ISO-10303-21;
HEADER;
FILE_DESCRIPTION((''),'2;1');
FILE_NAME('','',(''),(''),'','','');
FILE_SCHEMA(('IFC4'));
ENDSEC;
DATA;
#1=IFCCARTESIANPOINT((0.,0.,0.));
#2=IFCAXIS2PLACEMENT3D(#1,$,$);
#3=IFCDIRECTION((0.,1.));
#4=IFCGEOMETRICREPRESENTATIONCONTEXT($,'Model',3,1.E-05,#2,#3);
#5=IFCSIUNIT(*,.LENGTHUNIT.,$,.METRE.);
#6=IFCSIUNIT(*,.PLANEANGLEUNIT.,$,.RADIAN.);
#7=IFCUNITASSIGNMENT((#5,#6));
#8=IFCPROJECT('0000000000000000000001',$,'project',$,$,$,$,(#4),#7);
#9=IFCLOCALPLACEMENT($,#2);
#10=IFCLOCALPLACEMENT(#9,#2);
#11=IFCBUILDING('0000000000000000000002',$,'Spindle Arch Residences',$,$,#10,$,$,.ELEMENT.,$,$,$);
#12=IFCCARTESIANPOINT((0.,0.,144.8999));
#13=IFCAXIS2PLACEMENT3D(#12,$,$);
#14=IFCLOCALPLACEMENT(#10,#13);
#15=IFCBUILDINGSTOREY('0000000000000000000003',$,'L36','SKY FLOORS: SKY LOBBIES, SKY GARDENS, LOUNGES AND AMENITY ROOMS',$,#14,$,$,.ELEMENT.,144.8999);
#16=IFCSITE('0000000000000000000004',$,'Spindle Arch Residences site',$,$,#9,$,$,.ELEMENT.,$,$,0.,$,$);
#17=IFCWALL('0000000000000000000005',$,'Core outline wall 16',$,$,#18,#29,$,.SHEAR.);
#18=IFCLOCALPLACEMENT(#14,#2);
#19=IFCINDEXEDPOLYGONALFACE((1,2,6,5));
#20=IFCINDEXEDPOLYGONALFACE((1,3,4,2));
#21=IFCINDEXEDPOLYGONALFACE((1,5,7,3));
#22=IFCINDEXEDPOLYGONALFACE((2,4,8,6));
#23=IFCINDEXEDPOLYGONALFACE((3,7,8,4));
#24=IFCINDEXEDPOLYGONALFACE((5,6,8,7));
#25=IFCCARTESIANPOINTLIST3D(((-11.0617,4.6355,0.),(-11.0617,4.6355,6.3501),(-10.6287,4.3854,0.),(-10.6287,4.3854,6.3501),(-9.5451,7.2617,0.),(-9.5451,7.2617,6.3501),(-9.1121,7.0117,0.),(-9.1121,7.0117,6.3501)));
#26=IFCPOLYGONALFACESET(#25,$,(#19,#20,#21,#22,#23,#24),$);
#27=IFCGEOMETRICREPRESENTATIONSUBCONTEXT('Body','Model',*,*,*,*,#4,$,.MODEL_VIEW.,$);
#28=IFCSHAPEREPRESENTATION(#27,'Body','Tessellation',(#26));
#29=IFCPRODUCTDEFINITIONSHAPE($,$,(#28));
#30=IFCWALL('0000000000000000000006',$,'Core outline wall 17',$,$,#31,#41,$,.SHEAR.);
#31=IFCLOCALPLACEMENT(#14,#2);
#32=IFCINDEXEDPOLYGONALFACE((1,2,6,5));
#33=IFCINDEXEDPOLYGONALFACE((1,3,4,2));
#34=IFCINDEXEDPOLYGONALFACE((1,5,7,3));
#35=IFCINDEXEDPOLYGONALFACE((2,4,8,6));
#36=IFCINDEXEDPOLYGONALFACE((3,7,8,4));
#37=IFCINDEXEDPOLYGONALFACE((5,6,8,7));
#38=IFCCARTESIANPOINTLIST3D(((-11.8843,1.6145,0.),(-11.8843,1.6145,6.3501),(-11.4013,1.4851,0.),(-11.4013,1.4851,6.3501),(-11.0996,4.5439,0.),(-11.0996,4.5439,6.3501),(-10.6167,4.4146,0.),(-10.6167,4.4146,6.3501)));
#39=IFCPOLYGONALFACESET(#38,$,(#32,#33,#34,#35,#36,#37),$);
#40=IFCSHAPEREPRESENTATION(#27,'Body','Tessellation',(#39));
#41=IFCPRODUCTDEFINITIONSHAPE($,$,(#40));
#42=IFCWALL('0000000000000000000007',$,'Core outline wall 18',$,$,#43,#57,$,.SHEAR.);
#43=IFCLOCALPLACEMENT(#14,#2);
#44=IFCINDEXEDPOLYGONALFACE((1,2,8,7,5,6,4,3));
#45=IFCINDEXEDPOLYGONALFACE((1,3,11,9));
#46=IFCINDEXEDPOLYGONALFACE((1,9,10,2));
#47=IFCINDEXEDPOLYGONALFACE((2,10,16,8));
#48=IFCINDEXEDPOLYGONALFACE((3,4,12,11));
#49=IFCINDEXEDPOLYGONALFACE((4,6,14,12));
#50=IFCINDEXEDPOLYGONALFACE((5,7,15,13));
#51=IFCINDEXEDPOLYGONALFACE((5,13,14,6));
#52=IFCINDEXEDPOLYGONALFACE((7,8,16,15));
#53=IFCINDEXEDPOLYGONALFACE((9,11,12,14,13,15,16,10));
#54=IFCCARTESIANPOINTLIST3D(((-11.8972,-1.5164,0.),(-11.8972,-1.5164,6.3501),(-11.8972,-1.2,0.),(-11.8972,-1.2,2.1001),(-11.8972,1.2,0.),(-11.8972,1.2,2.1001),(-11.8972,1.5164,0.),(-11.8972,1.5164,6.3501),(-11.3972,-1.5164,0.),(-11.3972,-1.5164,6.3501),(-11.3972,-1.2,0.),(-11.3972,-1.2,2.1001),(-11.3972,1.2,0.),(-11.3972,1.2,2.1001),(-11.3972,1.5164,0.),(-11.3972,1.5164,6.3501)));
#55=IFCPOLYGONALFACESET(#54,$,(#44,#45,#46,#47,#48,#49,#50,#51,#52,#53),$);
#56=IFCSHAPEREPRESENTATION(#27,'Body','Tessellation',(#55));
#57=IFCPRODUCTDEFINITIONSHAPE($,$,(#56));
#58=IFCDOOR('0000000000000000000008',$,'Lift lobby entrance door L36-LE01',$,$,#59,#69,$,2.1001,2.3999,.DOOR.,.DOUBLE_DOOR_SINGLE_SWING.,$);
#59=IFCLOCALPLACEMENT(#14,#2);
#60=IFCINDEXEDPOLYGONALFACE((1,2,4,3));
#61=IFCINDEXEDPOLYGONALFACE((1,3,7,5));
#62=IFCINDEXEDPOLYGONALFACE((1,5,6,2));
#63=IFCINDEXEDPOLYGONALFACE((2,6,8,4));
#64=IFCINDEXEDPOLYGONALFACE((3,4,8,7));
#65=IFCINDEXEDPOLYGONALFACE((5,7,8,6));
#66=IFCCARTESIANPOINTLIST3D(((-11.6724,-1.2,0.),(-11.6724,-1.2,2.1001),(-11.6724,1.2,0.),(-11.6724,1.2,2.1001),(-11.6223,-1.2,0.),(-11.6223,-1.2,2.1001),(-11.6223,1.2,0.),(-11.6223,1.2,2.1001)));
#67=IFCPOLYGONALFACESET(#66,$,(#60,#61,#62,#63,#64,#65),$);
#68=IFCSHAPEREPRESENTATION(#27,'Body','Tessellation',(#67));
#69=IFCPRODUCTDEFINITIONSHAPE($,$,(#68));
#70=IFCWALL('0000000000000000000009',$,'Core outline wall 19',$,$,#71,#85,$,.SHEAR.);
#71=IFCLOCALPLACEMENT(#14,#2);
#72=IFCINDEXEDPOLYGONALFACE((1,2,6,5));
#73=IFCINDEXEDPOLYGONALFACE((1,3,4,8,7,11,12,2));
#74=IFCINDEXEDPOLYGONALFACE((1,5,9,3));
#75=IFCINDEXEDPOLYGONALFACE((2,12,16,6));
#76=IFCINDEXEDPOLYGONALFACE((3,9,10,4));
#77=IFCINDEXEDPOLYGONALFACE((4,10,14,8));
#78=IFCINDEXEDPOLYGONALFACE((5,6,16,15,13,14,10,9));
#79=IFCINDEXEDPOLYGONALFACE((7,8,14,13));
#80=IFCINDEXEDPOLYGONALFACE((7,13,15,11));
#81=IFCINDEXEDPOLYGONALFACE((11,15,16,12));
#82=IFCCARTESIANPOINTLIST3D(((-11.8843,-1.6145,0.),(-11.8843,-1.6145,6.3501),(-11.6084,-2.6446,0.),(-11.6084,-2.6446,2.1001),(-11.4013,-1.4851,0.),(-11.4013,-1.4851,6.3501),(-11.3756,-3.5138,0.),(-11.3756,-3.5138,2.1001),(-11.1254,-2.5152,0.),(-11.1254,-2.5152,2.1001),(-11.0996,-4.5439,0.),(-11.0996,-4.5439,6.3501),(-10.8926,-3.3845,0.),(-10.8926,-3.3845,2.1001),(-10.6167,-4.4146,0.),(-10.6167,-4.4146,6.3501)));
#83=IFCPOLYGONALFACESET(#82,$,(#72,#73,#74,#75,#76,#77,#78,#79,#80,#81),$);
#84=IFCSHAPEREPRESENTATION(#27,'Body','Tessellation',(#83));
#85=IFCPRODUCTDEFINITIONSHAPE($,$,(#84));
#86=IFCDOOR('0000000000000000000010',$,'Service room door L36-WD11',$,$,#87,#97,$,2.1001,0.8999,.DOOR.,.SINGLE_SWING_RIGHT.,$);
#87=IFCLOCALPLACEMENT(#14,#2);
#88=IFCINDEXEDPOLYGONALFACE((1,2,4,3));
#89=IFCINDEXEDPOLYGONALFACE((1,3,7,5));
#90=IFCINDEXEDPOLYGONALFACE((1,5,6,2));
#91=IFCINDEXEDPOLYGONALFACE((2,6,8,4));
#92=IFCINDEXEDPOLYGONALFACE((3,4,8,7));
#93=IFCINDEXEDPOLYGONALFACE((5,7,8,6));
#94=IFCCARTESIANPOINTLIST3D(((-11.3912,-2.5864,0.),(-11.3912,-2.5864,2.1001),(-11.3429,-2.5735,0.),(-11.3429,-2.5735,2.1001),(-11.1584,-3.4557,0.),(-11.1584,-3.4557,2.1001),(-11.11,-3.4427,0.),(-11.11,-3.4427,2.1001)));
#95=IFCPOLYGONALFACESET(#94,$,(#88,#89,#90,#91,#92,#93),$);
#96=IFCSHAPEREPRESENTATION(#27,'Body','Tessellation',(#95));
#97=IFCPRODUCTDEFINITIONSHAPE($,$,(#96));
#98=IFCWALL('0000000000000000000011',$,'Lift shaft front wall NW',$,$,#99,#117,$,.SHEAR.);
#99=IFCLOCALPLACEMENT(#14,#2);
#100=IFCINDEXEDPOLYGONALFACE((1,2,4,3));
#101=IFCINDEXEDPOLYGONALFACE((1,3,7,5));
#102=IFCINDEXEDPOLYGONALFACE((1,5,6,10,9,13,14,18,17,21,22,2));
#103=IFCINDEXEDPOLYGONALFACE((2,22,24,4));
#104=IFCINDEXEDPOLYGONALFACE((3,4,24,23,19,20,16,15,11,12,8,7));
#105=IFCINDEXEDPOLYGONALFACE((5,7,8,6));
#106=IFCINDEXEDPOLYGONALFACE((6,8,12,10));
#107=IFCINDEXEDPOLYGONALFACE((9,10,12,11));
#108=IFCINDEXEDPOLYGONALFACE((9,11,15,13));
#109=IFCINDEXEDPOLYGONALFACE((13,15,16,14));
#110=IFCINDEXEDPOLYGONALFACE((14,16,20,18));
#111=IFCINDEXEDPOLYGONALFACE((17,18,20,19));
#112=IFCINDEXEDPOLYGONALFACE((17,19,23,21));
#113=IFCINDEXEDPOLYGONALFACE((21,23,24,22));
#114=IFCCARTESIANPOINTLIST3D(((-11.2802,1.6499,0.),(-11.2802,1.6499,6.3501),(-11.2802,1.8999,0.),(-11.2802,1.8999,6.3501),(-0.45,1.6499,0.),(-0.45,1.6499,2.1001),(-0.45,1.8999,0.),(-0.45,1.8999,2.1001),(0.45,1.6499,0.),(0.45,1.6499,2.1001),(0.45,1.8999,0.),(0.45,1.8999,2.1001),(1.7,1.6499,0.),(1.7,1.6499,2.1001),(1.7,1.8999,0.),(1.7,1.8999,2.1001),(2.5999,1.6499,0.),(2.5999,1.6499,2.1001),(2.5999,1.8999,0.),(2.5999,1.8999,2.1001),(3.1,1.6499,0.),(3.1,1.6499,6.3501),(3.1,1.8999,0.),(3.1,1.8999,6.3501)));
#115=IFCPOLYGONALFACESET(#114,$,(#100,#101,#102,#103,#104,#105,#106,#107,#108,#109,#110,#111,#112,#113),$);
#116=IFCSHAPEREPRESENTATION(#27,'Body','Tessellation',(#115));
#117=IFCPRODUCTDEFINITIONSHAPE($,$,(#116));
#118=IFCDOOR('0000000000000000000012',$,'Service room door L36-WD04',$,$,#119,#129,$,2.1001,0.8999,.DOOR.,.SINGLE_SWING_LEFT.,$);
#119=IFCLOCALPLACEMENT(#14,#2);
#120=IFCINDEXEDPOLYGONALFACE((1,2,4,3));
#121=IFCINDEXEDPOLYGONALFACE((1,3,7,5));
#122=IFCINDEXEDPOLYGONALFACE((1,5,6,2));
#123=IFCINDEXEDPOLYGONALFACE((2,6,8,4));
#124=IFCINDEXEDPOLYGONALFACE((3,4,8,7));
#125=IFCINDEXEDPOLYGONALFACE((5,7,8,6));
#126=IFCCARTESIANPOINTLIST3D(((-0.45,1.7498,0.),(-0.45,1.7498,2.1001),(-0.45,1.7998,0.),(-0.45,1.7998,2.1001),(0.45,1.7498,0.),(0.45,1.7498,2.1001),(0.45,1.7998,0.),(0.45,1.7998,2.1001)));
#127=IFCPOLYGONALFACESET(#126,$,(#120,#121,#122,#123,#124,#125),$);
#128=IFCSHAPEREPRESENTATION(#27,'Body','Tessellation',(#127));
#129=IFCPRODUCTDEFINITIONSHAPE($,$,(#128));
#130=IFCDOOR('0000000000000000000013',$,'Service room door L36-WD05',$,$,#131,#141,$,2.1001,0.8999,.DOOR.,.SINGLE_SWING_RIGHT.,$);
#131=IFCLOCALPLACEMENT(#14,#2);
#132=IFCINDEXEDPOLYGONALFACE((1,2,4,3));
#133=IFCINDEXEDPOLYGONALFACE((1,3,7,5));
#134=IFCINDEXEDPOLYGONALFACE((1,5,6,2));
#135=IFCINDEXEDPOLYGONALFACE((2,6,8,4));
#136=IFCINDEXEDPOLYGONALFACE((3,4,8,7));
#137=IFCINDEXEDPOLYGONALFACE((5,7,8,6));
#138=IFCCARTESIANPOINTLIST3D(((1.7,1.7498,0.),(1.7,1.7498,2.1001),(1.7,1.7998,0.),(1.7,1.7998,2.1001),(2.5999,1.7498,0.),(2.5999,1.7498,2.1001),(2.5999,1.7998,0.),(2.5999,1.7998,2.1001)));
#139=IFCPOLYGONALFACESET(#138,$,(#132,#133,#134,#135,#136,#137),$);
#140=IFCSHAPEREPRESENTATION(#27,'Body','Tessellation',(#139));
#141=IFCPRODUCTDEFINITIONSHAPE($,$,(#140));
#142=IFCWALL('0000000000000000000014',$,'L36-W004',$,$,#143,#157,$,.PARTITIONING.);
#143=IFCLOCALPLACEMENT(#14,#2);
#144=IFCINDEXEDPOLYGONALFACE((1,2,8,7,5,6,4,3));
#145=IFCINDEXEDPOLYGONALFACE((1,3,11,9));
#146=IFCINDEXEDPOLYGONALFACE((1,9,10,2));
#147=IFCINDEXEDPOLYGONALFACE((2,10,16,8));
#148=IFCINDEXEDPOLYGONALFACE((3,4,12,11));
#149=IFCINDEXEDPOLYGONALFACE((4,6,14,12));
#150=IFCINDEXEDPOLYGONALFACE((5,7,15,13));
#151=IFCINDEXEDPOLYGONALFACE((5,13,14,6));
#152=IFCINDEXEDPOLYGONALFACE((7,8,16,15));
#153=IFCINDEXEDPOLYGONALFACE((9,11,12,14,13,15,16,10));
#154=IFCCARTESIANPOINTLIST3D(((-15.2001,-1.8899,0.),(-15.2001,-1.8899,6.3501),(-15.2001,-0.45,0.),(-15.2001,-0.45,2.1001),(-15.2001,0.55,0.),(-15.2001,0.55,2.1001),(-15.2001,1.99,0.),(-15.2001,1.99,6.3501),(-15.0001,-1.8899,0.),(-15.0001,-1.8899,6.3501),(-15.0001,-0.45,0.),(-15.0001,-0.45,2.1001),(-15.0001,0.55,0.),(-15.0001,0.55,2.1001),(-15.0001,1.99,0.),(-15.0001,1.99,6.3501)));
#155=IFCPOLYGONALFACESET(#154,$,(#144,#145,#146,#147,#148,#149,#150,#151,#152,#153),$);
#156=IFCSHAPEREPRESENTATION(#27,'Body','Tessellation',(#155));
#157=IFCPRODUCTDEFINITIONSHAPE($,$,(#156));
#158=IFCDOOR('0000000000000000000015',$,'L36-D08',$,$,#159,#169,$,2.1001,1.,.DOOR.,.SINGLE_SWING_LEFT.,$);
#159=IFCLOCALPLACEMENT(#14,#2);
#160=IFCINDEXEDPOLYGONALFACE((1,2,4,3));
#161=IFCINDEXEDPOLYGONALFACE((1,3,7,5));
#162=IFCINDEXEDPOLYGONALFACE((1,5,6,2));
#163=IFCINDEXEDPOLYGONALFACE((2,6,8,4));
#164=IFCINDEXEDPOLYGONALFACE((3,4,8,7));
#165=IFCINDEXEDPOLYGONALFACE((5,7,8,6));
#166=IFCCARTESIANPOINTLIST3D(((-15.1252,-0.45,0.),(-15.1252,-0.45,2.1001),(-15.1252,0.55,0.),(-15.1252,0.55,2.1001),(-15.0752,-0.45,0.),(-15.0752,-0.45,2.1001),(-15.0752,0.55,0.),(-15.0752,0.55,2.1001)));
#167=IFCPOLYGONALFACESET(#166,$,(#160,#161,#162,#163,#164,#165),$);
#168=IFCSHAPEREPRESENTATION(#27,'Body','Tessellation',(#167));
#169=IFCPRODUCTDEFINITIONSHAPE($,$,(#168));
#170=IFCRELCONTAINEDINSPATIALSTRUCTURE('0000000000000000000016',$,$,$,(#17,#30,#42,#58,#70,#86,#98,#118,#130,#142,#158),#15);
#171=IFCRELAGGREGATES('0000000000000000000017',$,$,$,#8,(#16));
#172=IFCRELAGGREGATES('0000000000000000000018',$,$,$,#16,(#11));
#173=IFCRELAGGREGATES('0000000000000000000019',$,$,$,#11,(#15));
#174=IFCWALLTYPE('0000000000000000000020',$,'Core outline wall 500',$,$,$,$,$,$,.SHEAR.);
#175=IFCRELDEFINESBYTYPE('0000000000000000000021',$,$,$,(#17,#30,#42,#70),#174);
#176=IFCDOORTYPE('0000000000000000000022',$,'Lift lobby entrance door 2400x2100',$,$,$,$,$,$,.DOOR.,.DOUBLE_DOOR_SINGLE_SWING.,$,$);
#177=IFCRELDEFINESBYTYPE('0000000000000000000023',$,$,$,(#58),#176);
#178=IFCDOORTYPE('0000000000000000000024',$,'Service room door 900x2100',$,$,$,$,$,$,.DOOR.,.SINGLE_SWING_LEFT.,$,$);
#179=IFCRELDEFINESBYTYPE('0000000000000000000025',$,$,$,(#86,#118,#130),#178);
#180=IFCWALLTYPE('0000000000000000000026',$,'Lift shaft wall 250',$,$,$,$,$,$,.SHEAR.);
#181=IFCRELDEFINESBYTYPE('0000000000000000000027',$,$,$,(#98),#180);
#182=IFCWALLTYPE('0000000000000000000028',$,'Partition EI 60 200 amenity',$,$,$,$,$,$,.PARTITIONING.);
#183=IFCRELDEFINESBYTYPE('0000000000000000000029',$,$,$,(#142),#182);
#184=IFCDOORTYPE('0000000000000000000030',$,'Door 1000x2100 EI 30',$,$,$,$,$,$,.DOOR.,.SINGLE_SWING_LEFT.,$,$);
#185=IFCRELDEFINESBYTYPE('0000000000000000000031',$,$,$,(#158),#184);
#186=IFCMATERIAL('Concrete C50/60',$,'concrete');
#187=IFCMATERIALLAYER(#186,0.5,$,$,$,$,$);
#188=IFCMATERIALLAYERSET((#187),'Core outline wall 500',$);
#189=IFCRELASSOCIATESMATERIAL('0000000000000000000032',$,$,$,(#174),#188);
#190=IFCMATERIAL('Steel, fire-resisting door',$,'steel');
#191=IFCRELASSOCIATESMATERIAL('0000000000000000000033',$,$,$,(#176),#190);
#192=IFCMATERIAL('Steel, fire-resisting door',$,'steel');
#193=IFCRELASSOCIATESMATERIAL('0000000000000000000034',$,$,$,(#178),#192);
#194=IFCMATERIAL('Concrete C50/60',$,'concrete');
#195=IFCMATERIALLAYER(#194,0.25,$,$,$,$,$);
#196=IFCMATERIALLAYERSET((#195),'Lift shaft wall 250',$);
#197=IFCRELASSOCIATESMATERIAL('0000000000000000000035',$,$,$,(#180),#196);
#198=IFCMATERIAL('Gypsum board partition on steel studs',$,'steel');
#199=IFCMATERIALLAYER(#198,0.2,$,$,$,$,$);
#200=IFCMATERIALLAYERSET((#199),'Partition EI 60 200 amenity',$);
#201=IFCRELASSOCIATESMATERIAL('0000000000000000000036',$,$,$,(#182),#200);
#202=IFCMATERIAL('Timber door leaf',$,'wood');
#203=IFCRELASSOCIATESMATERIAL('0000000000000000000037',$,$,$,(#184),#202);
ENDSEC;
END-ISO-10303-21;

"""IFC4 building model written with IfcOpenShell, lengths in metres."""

from ifc_helpers import new_model, si_unit, direction, frame, frame_2d, origin, place, context, subcontext, project, spatial, rectangle, extrude, material, layer, layer_set, type_object, element, fill, save


model = new_model("IFC4")

# Units and contexts
model_context = context("Model", 3, precision=1e-05, world=origin(), true_north=direction((0.0, 1.0)))
body_context = subcontext(model_context, "Body", "Model", "MODEL_VIEW")
ifc_project = project(units=[si_unit("LENGTHUNIT", "METRE"), si_unit("PLANEANGLEUNIT", "RADIAN")], contexts=[model_context])

# Site, building, storey
site_placement = place(None, origin())
site = spatial("IfcSite", under=ifc_project, at=site_placement, Name="Spindle Arch Residences site", CompositionType="ELEMENT", RefElevation=0.0)
building_placement = place(site_placement, origin())
building = spatial("IfcBuilding", under=site, at=building_placement, Name="Spindle Arch Residences", CompositionType="ELEMENT")
storey_placement = place(building_placement, frame((0.0, 0.0, 144.8999)))
storey = spatial("IfcBuildingStorey", under=building, at=storey_placement, Name="L36", Description="SKY FLOORS: SKY LOBBIES, SKY GARDENS, LOUNGES AND AMENITY ROOMS", CompositionType="ELEMENT", Elevation=144.8999)

# Walls
ifc_material_1 = material(Name="Concrete C50/60", Category="concrete")
ifc_layer_1 = layer(ifc_material_1, 0.5)
ifc_layer_set_1 = layer_set([ifc_layer_1], Name="Core outline wall 500")
wall_type_1 = type_object("IfcWallType", Name="Core outline wall 500", PredefinedType="SHEAR", material=ifc_layer_set_1)
for number, where, z_axis, x_axis, name in (
    (1, (-9.3286, 7.1367, 0.0), (0.0, 0.0, 1.0), (-0.500087, -0.865975, 0.0), "Core outline wall 16"),
    (2, (-10.8582, 4.4792, 0.0), (0.0, 0.0, 1.0), (-0.258735, -0.965948, 0.0), "Core outline wall 17"),
):
    element("IfcWall", number, at=place(storey_placement, frame(where, z_axis=z_axis, x_axis=x_axis)), inside=storey, type_object=wall_type_1, Name=name, PredefinedType="SHEAR", context=body_context, shape_type="SweptSolid", body=[
        extrude(rectangle(XDim=3.0327, YDim=0.5, at=frame_2d((1.5164, 0.0))), origin(), (0.0, 0.0, 1.0), 6.3501),
    ])

# Walls, openings, doors
wall_1_placement = place(storey_placement, frame((-11.6472, 1.5164, 0.0), z_axis=(0.0, 0.0, 1.0), x_axis=(0.0, -1.0, 0.0)))
wall_1 = element("IfcWall", 3, at=wall_1_placement, inside=storey, type_object=wall_type_1, Name="Core outline wall 18", PredefinedType="SHEAR", context=body_context, shape_type="SweptSolid", body=[
    extrude(rectangle(XDim=3.0327, YDim=0.5, at=frame_2d((1.5164, 0.0))), origin(), (0.0, 0.0, 1.0), 6.3501),
])
opening_1_placement = place(wall_1_placement, frame((0.3164, 0.0, 0.0)))
opening_1 = element("IfcOpeningElement", 4, at=opening_1_placement, cuts=wall_1, PredefinedType="OPENING", context=body_context, shape_type="SweptSolid", body=[
    extrude(rectangle(XDim=2.3999, YDim=2.1001, at=frame_2d((1.2, 1.05))), frame((0.0, 0.26, 0.0), z_axis=(0.0, -1.0, 0.0), x_axis=(1.0, 0.0, 0.0)), (0.0, 0.0, 1.0), 0.52),
])
ifc_material_2 = material(Name="Steel, fire-resisting door", Category="steel")
door_type_1 = type_object("IfcDoorType", Name="Lift lobby entrance door 2400x2100", OperationType="DOUBLE_DOOR_SINGLE_SWING", PredefinedType="DOOR", material=ifc_material_2)
door_1_placement = place(opening_1_placement, origin())
door_1 = element("IfcDoor", 5, at=door_1_placement, inside=storey, type_object=door_type_1, Name="Lift lobby entrance door L36-LE01", OperationType="DOUBLE_DOOR_SINGLE_SWING", OverallHeight=2.1001, OverallWidth=2.3999, PredefinedType="DOOR", context=body_context, shape_type="SweptSolid", body=[
    extrude(rectangle(XDim=2.3999, YDim=2.1001, at=frame_2d((1.2, 1.05))), frame((0.0, 0.0249, 0.0), z_axis=(0.0, -1.0, 0.0), x_axis=(1.0, 0.0, 0.0)), (0.0, 0.0, 1.0), 0.05),
])
fill(opening_1, door_1)
wall_2_placement = place(storey_placement, frame((-11.6428, -1.5498, 0.0), z_axis=(0.0, 0.0, 1.0), x_axis=(0.258735, -0.965948, 0.0)))
wall_2 = element("IfcWall", 6, at=wall_2_placement, inside=storey, type_object=wall_type_1, Name="Core outline wall 19", PredefinedType="SHEAR", context=body_context, shape_type="SweptSolid", body=[
    extrude(rectangle(XDim=3.0327, YDim=0.5, at=frame_2d((1.5164, 0.0))), origin(), (0.0, 0.0, 1.0), 6.3501),
])
opening_2_placement = place(wall_2_placement, frame((1.0664, 0.0, 0.0)))
opening_2 = element("IfcOpeningElement", 7, at=opening_2_placement, cuts=wall_2, PredefinedType="OPENING", context=body_context, shape_type="SweptSolid", body=[
    extrude(rectangle(XDim=0.8999, YDim=2.1001, at=frame_2d((0.45, 1.05))), frame((0.0, 0.26, 0.0), z_axis=(0.0, -1.0, 0.0), x_axis=(1.0, 0.0, 0.0)), (0.0, 0.0, 1.0), 0.52),
])
ifc_material_3 = material(Name="Steel, fire-resisting door", Category="steel")
door_type_2 = type_object("IfcDoorType", Name="Service room door 900x2100", OperationType="SINGLE_SWING_LEFT", PredefinedType="DOOR", material=ifc_material_3)
door_2_placement = place(opening_2_placement, origin())
door_2 = element("IfcDoor", 8, at=door_2_placement, inside=storey, type_object=door_type_2, Name="Service room door L36-WD11", OperationType="SINGLE_SWING_RIGHT", OverallHeight=2.1001, OverallWidth=0.8999, PredefinedType="DOOR", context=body_context, shape_type="SweptSolid", body=[
    extrude(rectangle(XDim=0.8999, YDim=2.1001, at=frame_2d((0.45, 1.05))), frame((0.0, 0.0249, 0.0), z_axis=(0.0, -1.0, 0.0), x_axis=(1.0, 0.0, 0.0)), (0.0, 0.0, 1.0), 0.05),
])
fill(opening_2, door_2)

# Wall, openings, doors
ifc_material_4 = material(Name="Concrete C50/60", Category="concrete")
ifc_layer_2 = layer(ifc_material_4, 0.25)
ifc_layer_set_2 = layer_set([ifc_layer_2], Name="Lift shaft wall 250")
wall_type_2 = type_object("IfcWallType", Name="Lift shaft wall 250", PredefinedType="SHEAR", material=ifc_layer_set_2)
wall_3_placement = place(storey_placement, frame((-11.28, 1.7749, 0.0), z_axis=(0.0, 0.0, 1.0), x_axis=(1.0, 0.0, 0.0)))
wall_3 = element("IfcWall", 9, at=wall_3_placement, inside=storey, type_object=wall_type_2, Name="Lift shaft front wall NW", PredefinedType="SHEAR", context=body_context, shape_type="SweptSolid", body=[
    extrude(rectangle(XDim=14.3801, YDim=0.25, at=frame_2d((7.1899, 0.0))), origin(), (0.0, 0.0, 1.0), 6.3501),
])
opening_3_placement = place(wall_3_placement, frame((10.8301, 0.0, 0.0)))
opening_3 = element("IfcOpeningElement", 10, at=opening_3_placement, cuts=wall_3, PredefinedType="OPENING", context=body_context, shape_type="SweptSolid", body=[
    extrude(rectangle(XDim=0.8999, YDim=2.1001, at=frame_2d((0.45, 1.05))), frame((0.0, 0.135, 0.0), z_axis=(0.0, -1.0, 0.0), x_axis=(1.0, 0.0, 0.0)), (0.0, 0.0, 1.0), 0.27),
])
opening_4_placement = place(wall_3_placement, frame((12.98, 0.0, 0.0)))
opening_4 = element("IfcOpeningElement", 11, at=opening_4_placement, cuts=wall_3, PredefinedType="OPENING", context=body_context, shape_type="SweptSolid", body=[
    extrude(rectangle(XDim=0.8999, YDim=2.1001, at=frame_2d((0.45, 1.05))), frame((0.0, 0.135, 0.0), z_axis=(0.0, -1.0, 0.0), x_axis=(1.0, 0.0, 0.0)), (0.0, 0.0, 1.0), 0.27),
])
door_3_placement = place(opening_3_placement, origin())
door_3 = element("IfcDoor", 12, at=door_3_placement, inside=storey, type_object=door_type_2, Name="Service room door L36-WD04", OperationType="SINGLE_SWING_LEFT", OverallHeight=2.1001, OverallWidth=0.8999, PredefinedType="DOOR", context=body_context, shape_type="SweptSolid", body=[
    extrude(rectangle(XDim=0.8999, YDim=2.1001, at=frame_2d((0.45, 1.05))), frame((0.0, 0.0249, 0.0), z_axis=(0.0, -1.0, 0.0), x_axis=(1.0, 0.0, 0.0)), (0.0, 0.0, 1.0), 0.05),
])
fill(opening_3, door_3)
door_4_placement = place(opening_4_placement, origin())
door_4 = element("IfcDoor", 13, at=door_4_placement, inside=storey, type_object=door_type_2, Name="Service room door L36-WD05", OperationType="SINGLE_SWING_RIGHT", OverallHeight=2.1001, OverallWidth=0.8999, PredefinedType="DOOR", context=body_context, shape_type="SweptSolid", body=[
    extrude(rectangle(XDim=0.8999, YDim=2.1001, at=frame_2d((0.45, 1.05))), frame((0.0, 0.0249, 0.0), z_axis=(0.0, -1.0, 0.0), x_axis=(1.0, 0.0, 0.0)), (0.0, 0.0, 1.0), 0.05),
])
fill(opening_4, door_4)

# Wall, opening, door
ifc_material_5 = material(Name="Gypsum board partition on steel studs", Category="steel")
ifc_layer_3 = layer(ifc_material_5, 0.2)
ifc_layer_set_3 = layer_set([ifc_layer_3], Name="Partition EI 60 200 amenity")
wall_type_3 = type_object("IfcWallType", Name="Partition EI 60 200 amenity", PredefinedType="PARTITIONING", material=ifc_layer_set_3)
wall_4_placement = place(storey_placement, frame((-15.1001, 1.99, 0.0), z_axis=(0.0, 0.0, 1.0), x_axis=(0.0, -1.0, 0.0)))
wall_4 = element("IfcWall", 14, at=wall_4_placement, inside=storey, type_object=wall_type_3, Name="L36-W004", PredefinedType="PARTITIONING", context=body_context, shape_type="SweptSolid", body=[
    extrude(rectangle(XDim=3.8799, YDim=0.2, at=frame_2d((1.9399, 0.0))), origin(), (0.0, 0.0, 1.0), 6.3501),
])
opening_5_placement = place(wall_4_placement, frame((1.4399, 0.0, 0.0)))
opening_5 = element("IfcOpeningElement", 15, at=opening_5_placement, cuts=wall_4, PredefinedType="OPENING", context=body_context, shape_type="SweptSolid", body=[
    extrude(rectangle(XDim=1.0, YDim=2.1001, at=frame_2d((0.5, 1.05))), frame((0.0, 0.1099, 0.0), z_axis=(0.0, -1.0, 0.0), x_axis=(1.0, 0.0, 0.0)), (0.0, 0.0, 1.0), 0.22),
])
ifc_material_6 = material(Name="Timber door leaf", Category="wood")
door_type_3 = type_object("IfcDoorType", Name="Door 1000x2100 EI 30", OperationType="SINGLE_SWING_LEFT", PredefinedType="DOOR", material=ifc_material_6)
door_5_placement = place(opening_5_placement, origin())
door_5 = element("IfcDoor", 16, at=door_5_placement, inside=storey, type_object=door_type_3, Name="L36-D08", OperationType="SINGLE_SWING_LEFT", OverallHeight=2.1001, OverallWidth=1.0, PredefinedType="DOOR", context=body_context, shape_type="SweptSolid", body=[
    extrude(rectangle(XDim=1.0, YDim=2.1001, at=frame_2d((0.5, 1.05))), frame((0.0, 0.0249, 0.0), z_axis=(0.0, -1.0, 0.0), x_axis=(1.0, 0.0, 0.0)), (0.0, 0.0, 1.0), 0.05),
])
fill(opening_5, door_5)

save(model, "model.ifc")
